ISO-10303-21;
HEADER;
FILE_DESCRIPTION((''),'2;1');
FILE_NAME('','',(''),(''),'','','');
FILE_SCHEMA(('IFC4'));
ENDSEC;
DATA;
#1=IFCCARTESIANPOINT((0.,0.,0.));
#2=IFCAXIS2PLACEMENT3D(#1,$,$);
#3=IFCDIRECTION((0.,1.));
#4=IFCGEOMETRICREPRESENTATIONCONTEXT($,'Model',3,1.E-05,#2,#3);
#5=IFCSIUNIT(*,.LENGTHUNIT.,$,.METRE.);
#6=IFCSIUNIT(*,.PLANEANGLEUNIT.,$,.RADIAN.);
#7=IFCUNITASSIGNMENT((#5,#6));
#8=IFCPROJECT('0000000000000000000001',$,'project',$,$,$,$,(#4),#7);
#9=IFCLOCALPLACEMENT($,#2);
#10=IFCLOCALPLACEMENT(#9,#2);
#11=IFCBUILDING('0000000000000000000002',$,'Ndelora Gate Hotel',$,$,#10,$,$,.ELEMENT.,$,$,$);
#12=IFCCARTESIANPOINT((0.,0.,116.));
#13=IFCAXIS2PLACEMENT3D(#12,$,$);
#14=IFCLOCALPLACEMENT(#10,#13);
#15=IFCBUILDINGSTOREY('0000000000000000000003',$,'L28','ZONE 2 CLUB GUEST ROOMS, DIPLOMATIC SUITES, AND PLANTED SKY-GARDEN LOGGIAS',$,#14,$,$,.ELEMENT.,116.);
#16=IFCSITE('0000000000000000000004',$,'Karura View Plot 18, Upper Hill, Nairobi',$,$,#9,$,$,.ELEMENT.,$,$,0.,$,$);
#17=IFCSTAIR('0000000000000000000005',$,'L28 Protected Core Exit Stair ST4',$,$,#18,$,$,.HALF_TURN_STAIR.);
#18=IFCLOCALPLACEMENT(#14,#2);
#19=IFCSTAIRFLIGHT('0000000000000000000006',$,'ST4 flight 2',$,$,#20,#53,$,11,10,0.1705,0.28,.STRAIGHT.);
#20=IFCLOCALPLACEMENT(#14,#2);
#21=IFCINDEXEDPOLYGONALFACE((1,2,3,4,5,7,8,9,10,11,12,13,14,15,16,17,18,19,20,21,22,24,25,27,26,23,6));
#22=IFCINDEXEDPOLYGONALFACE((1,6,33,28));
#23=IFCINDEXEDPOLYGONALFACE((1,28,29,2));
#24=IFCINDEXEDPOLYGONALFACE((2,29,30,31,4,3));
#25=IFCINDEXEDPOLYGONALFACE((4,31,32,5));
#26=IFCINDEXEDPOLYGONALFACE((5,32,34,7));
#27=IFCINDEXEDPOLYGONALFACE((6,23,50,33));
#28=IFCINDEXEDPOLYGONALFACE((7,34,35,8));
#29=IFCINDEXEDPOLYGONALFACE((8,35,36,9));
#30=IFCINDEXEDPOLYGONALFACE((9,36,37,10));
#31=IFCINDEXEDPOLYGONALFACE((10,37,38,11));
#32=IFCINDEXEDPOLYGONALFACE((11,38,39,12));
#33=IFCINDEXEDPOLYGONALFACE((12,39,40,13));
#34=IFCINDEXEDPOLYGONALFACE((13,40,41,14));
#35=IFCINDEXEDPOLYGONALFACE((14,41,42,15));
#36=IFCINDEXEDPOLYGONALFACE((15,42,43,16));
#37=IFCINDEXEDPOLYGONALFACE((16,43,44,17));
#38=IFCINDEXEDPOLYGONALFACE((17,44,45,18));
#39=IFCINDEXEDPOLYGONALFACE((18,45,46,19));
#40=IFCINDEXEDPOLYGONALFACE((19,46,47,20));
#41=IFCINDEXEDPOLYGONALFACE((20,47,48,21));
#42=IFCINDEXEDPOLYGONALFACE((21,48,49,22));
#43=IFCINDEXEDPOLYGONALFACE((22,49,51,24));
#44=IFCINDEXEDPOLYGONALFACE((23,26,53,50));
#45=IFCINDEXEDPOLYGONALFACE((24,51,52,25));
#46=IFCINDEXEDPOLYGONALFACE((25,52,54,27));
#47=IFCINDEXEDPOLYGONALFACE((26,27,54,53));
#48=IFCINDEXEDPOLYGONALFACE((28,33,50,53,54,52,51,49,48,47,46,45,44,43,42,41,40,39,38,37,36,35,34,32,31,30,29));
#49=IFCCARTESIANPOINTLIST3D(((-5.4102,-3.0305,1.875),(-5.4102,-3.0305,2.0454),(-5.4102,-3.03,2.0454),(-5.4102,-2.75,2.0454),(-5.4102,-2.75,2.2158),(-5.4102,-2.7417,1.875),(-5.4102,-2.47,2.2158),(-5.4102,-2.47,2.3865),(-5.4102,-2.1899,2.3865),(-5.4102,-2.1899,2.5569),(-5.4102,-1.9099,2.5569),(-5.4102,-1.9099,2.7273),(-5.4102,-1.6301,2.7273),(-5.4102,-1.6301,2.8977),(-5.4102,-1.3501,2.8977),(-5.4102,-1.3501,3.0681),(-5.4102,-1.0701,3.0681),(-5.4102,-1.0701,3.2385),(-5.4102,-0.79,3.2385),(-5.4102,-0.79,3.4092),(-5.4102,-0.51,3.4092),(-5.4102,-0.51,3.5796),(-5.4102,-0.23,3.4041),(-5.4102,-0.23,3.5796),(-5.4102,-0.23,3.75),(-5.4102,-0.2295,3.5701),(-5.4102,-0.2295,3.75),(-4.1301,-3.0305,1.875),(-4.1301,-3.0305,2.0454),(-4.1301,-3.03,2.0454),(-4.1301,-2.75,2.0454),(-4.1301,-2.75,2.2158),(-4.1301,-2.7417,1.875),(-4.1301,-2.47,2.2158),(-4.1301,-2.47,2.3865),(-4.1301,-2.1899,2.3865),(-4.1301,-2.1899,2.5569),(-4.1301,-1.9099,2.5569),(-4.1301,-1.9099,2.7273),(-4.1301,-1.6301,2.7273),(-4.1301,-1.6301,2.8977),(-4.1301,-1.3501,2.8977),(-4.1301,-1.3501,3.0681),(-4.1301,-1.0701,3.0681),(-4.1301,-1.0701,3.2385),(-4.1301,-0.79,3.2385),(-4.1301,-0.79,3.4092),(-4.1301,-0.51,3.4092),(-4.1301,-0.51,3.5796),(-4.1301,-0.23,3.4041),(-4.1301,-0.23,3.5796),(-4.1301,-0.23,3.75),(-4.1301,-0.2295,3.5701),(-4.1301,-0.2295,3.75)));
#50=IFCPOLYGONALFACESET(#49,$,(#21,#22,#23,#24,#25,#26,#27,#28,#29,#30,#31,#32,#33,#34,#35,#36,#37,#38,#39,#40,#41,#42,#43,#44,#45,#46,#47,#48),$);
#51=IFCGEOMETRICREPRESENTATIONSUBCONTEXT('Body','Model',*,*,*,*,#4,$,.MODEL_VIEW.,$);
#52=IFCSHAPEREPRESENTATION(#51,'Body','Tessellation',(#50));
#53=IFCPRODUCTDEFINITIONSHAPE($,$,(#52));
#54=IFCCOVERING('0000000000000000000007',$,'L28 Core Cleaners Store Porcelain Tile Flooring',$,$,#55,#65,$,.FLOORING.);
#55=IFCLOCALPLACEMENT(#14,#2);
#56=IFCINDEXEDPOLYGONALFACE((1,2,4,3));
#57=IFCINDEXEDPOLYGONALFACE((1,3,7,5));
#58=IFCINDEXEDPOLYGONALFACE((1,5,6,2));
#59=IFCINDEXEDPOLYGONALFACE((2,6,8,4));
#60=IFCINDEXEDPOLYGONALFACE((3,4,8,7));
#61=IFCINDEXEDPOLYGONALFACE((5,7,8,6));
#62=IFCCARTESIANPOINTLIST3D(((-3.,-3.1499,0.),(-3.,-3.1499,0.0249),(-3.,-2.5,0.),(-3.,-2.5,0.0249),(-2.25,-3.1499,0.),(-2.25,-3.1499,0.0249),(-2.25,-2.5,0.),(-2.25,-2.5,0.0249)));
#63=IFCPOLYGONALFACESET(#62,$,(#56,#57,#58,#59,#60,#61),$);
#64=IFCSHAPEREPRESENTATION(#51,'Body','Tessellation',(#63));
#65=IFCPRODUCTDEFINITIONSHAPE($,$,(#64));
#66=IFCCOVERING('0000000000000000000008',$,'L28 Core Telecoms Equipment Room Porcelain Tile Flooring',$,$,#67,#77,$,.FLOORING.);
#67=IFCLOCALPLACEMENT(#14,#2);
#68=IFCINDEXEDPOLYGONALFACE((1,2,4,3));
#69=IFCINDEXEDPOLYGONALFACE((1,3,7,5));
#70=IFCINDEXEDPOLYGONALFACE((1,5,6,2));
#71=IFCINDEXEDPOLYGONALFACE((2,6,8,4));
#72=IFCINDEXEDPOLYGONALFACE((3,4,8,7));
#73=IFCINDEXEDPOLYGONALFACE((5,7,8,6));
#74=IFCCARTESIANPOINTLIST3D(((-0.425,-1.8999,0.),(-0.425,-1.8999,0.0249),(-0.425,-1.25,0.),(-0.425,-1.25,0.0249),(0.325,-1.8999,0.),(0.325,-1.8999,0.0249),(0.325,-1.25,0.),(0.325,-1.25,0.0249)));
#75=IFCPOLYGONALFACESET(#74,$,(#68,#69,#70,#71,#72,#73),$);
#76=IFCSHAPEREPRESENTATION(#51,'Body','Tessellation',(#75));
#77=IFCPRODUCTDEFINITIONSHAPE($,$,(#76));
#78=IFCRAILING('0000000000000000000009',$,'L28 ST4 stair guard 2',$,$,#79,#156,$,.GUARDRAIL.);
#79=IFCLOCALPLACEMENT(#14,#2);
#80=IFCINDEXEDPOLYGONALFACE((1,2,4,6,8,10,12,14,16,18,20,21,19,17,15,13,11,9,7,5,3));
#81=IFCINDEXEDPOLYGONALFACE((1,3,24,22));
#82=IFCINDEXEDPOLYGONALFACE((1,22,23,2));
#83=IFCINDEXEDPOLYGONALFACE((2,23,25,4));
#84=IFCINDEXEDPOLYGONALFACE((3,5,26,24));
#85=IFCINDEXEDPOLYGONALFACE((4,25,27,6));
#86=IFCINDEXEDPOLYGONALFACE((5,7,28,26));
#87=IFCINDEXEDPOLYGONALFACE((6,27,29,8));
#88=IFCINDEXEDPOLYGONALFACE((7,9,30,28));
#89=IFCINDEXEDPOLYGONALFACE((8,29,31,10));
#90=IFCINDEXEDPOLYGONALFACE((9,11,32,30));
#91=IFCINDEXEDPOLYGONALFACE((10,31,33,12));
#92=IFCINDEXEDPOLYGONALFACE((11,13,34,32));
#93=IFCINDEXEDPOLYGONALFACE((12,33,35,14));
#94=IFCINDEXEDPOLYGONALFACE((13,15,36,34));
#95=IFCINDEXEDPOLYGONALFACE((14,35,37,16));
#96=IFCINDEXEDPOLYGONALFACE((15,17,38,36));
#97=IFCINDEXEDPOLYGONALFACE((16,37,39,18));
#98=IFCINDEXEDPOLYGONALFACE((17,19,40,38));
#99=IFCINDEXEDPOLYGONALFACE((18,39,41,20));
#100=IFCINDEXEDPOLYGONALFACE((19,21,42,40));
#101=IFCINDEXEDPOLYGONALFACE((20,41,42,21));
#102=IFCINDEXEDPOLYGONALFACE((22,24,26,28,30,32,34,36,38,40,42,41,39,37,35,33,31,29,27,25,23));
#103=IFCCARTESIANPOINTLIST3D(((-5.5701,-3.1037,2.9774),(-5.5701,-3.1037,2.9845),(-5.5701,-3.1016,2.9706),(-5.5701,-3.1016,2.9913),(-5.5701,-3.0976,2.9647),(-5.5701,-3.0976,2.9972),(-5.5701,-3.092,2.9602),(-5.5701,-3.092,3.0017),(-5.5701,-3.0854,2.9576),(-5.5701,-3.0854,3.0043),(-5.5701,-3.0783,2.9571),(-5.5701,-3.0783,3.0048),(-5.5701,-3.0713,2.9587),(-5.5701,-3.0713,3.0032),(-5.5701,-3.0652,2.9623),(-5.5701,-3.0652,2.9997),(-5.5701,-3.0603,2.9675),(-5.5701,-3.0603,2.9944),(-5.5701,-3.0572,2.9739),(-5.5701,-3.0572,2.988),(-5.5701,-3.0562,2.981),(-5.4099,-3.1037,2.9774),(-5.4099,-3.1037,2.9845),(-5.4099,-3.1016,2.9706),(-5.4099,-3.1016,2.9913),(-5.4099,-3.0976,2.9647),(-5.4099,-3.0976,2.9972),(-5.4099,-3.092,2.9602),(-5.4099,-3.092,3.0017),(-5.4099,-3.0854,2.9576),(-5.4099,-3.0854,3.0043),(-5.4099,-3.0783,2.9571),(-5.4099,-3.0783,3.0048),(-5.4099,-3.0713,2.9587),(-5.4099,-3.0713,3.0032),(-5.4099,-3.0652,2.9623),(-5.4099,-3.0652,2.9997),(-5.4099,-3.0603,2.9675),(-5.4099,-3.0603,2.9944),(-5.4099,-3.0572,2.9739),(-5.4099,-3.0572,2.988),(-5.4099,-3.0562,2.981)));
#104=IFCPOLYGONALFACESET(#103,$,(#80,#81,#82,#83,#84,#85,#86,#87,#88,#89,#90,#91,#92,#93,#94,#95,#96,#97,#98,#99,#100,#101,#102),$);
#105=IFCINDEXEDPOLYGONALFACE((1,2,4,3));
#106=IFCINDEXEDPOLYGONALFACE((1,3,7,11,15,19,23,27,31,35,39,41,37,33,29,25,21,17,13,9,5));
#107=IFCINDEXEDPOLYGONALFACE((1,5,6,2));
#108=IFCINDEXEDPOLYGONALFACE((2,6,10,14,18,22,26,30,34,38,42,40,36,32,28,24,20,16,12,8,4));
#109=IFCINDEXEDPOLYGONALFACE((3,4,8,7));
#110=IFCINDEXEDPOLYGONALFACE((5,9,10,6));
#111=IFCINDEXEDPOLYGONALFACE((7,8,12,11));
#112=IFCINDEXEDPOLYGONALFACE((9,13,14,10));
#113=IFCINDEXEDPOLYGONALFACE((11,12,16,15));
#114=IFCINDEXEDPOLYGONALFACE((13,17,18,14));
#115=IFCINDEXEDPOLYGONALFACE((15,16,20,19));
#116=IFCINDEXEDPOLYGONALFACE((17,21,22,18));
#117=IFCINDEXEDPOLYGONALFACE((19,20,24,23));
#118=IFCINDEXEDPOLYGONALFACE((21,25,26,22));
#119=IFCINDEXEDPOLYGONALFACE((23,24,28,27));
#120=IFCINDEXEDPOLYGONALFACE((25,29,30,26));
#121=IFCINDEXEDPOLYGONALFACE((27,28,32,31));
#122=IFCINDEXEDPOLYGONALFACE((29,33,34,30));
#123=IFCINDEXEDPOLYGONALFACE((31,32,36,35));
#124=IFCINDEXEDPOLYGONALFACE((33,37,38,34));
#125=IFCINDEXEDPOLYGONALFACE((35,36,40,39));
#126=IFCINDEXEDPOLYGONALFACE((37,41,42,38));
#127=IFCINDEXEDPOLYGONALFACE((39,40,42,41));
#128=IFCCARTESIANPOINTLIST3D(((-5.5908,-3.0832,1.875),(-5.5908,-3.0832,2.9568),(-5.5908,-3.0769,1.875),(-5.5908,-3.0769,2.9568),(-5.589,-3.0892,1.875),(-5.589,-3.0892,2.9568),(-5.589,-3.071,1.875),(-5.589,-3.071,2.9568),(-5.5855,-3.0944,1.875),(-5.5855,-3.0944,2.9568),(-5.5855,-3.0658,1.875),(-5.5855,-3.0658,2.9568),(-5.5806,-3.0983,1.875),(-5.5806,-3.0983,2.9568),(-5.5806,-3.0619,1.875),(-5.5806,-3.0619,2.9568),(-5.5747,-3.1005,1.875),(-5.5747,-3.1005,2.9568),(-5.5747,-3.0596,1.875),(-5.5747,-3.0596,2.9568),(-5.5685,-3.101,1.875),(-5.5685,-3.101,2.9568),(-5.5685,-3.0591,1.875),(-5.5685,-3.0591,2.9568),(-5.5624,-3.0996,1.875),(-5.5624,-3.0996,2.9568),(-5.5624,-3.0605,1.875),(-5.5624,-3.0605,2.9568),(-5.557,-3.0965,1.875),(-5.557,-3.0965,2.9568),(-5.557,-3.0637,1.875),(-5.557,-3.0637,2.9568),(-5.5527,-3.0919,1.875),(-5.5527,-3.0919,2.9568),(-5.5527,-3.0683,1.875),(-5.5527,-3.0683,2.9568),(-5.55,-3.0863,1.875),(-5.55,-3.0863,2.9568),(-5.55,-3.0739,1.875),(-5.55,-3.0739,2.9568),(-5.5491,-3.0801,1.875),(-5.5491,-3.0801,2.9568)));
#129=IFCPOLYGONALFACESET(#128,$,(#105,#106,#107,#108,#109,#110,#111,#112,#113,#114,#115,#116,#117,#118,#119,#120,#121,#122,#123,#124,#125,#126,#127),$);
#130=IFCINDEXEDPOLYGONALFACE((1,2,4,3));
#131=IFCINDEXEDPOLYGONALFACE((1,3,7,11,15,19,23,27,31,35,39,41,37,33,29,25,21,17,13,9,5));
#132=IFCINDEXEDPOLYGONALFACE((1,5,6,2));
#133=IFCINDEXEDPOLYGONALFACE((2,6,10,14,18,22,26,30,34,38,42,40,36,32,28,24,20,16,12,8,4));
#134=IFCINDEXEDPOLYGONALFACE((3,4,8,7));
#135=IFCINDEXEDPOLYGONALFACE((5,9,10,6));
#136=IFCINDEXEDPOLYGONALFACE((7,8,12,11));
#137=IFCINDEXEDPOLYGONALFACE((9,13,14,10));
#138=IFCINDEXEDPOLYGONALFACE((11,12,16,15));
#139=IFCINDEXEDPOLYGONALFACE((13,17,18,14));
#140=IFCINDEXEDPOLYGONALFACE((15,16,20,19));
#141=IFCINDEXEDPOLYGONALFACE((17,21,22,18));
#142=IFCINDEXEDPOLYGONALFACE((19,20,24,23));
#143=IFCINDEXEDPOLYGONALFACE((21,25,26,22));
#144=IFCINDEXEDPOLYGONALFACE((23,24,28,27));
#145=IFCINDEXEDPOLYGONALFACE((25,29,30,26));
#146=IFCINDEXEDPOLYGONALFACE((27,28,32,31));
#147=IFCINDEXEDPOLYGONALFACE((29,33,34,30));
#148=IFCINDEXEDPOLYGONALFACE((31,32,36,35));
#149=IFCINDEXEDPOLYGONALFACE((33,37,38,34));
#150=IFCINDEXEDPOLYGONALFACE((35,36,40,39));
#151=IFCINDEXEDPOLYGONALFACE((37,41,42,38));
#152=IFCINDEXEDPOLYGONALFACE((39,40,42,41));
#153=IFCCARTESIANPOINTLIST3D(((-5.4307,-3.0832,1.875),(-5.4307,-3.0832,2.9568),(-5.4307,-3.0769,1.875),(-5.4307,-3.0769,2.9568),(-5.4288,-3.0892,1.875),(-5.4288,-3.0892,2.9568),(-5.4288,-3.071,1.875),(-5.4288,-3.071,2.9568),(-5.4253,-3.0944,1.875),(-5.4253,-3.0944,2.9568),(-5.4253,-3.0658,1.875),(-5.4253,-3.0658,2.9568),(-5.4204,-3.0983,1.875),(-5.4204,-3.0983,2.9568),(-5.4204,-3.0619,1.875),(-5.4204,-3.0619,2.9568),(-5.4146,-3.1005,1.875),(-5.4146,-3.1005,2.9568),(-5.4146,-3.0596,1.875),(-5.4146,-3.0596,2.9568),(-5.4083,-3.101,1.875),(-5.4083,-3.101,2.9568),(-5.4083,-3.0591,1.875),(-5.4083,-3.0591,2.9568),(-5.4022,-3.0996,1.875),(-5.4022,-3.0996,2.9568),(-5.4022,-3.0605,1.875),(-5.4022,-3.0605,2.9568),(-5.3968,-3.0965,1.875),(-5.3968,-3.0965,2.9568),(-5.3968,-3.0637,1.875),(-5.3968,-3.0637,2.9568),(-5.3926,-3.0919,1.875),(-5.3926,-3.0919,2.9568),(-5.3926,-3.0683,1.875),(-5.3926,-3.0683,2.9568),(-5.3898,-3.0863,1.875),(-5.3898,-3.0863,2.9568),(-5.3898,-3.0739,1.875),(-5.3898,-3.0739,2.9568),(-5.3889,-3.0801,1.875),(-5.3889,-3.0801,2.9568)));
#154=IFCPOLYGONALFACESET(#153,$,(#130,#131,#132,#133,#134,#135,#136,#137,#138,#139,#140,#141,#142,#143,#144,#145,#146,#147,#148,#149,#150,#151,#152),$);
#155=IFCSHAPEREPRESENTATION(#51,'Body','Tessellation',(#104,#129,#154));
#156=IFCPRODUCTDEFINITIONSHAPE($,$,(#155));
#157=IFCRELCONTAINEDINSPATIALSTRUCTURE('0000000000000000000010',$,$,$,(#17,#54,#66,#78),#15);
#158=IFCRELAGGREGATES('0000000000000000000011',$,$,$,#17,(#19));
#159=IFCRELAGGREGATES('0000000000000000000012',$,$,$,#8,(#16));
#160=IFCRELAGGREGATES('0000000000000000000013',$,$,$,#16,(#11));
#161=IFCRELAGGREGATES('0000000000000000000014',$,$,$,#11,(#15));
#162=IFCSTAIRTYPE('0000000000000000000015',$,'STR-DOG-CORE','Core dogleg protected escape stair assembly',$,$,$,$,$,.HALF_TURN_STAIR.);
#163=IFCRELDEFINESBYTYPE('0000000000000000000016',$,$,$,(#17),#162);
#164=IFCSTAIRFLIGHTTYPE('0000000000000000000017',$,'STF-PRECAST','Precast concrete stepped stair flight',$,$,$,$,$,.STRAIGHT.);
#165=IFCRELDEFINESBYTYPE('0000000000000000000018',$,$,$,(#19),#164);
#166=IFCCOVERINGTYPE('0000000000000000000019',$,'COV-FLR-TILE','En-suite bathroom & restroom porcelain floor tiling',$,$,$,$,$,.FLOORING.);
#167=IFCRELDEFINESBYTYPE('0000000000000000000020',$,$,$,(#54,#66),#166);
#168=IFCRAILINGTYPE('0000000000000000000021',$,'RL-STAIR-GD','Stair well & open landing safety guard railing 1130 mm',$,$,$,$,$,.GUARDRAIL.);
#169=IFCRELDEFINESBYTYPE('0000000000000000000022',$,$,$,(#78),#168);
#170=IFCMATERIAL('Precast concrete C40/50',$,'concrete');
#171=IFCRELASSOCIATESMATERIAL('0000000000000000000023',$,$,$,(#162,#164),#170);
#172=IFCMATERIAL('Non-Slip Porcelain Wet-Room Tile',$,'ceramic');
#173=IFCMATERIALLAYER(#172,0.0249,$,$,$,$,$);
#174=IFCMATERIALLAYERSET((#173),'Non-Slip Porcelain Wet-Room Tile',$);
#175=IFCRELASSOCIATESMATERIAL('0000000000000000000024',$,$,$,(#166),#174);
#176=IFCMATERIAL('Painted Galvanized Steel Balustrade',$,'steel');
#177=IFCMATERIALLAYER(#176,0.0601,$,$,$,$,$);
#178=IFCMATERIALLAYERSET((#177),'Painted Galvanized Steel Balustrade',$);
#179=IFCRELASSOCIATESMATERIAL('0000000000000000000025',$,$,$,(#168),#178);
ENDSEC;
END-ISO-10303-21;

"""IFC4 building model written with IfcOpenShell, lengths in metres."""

from ifc_helpers import new_model, si_unit, direction, frame, origin, origin_2d, place, context, subcontext, project, spatial, polyline, rectangle, circle, outline, extrude, material, layer, layer_set, type_object, element, aggregate, save


model = new_model("IFC4")

# Units and contexts
model_context = context("Model", 3, precision=1e-05, world=origin(), true_north=direction((0.0, 1.0)))
body_context = subcontext(model_context, "Body", "Model", "MODEL_VIEW")
ifc_project = project(units=[si_unit("LENGTHUNIT", "METRE"), si_unit("PLANEANGLEUNIT", "RADIAN")], contexts=[model_context])

# Site, building, storey
site_placement = place(None, origin())
site = spatial("IfcSite", under=ifc_project, at=site_placement, Name="Karura View Plot 18, Upper Hill, Nairobi", CompositionType="ELEMENT", RefElevation=0.0)
building_placement = place(site_placement, origin())
building = spatial("IfcBuilding", under=site, at=building_placement, Name="Ndelora Gate Hotel", CompositionType="ELEMENT")
storey_placement = place(building_placement, frame((0.0, 0.0, 116.0)))
storey = spatial("IfcBuildingStorey", under=building, at=storey_placement, Name="L28", Description="ZONE 2 CLUB GUEST ROOMS, DIPLOMATIC SUITES, AND PLANTED SKY-GARDEN LOGGIAS", CompositionType="ELEMENT", Elevation=116.0)

# Stair, stair flight
ifc_material_1 = material(Name="Precast concrete C40/50", Category="concrete")
stair_type = type_object("IfcStairType", Name="STR-DOG-CORE", Description="Core dogleg protected escape stair assembly", PredefinedType="HALF_TURN_STAIR", material=ifc_material_1)
stair_placement = place(storey_placement, origin())
stair = element("IfcStair", 1, at=stair_placement, inside=storey, type_object=stair_type, Name="L28 Protected Core Exit Stair ST4", PredefinedType="HALF_TURN_STAIR")
stair_flight_type = type_object("IfcStairFlightType", Name="STF-PRECAST", Description="Precast concrete stepped stair flight", PredefinedType="STRAIGHT", material=ifc_material_1)
stair_flight_placement = place(storey_placement, frame((-4.77, -3.03, 1.875), z_axis=(0.0, 0.0, 1.0), x_axis=(0.0, 1.0, 0.0)))
stair_flight = element("IfcStairFlight", 2, at=stair_flight_placement, type_object=stair_flight_type, Name="ST4 flight 2", NumberOfRisers=11, NumberOfTreads=10, PredefinedType="STRAIGHT", RiserHeight=0.1705, TreadLength=0.28, context=body_context, shape_type="SweptSolid", body=[
    extrude(outline(polyline([(-0.0005, 0.0), (-0.0005, 0.1704), (0.0, 0.1704), (0.28, 0.1704), (0.28, 0.3408), (0.5601, 0.3408), (0.5601, 0.5115), (0.8401, 0.5115), (0.8401, 0.6819), (1.1201, 0.6819), (1.1201, 0.8523), (1.3999, 0.8523), (1.3999, 1.0227), (1.6799, 1.0227), (1.6799, 1.1931), (1.96, 1.1931), (1.96, 1.3635), (2.24, 1.3635), (2.24, 1.5342), (2.52, 1.5342), (2.52, 1.7046), (2.8, 1.7046), (2.8, 1.875), (2.8005, 1.875), (2.8005, 1.6951), (2.8, 1.5291), (0.2883, 0.0), (-0.0005, 0.0)])), frame((0.0, 0.6401, 0.0), z_axis=(0.0, -1.0, 0.0), x_axis=(1.0, 0.0, 0.0)), (0.0, 0.0, 1.0), 1.28),
])
aggregate(stair, [stair_flight])

# Coverings
ifc_material_2 = material(Name="Non-Slip Porcelain Wet-Room Tile", Category="ceramic")
ifc_layer_1 = layer(ifc_material_2, 0.0249)
ifc_layer_set_1 = layer_set([ifc_layer_1], Name="Non-Slip Porcelain Wet-Room Tile")
covering_type = type_object("IfcCoveringType", Name="COV-FLR-TILE", Description="En-suite bathroom & restroom porcelain floor tiling", PredefinedType="FLOORING", material=ifc_layer_set_1)
for number, where, z_axis, x_axis, name in (
    (3, (-2.625, -2.825, 0.0), (0.0, 0.0, 1.0), (1.0, 0.0, 0.0), "L28 Core Cleaners Store Porcelain Tile Flooring"),
    (4, (-0.05, -1.575, 0.0), (0.0, 0.0, 1.0), (1.0, 0.0, 0.0), "L28 Core Telecoms Equipment Room Porcelain Tile Flooring"),
):
    element("IfcCovering", number, at=place(storey_placement, frame(where, z_axis=z_axis, x_axis=x_axis)), inside=storey, type_object=covering_type, Name=name, PredefinedType="FLOORING", context=body_context, shape_type="SweptSolid", body=[
        extrude(rectangle(XDim=0.75, YDim=0.6499, at=origin_2d()), origin(), (0.0, 0.0, 1.0), 0.0249),
    ])

# Railing
ifc_material_3 = material(Name="Painted Galvanized Steel Balustrade", Category="steel")
ifc_layer_2 = layer(ifc_material_3, 0.0601)
ifc_layer_set_2 = layer_set([ifc_layer_2], Name="Painted Galvanized Steel Balustrade")
railing_type_1 = type_object("IfcRailingType", Name="RL-STAIR-GD", Description="Stair well & open landing safety guard railing 1130 mm", PredefinedType="GUARDRAIL", material=ifc_layer_set_2)
railing_1_placement = place(storey_placement, frame((-5.5701, -3.0801, 1.875)))
element("IfcRailing", 5, at=railing_1_placement, inside=storey, type_object=railing_type_1, Name="L28 ST4 stair guard 2", PredefinedType="GUARDRAIL", context=body_context, shape_type="SweptSolid", body=[
    extrude(circle(Radius=0.0239, at=origin_2d()), frame((0.0, 0.0, 1.106), z_axis=(1.0, 0.0, 0.0), x_axis=(0.0, 1.0, 0.0)), (0.0, 0.0, 1.0), 0.1602),
    extrude(circle(Radius=0.021, at=origin_2d()), origin(), (0.0, 0.0, 1.0), 1.0818),
    extrude(circle(Radius=0.021, at=origin_2d()), frame((0.1602, 0.0, 0.0)), (0.0, 0.0, 1.0), 1.0818),
])

save(model, "model.ifc")
